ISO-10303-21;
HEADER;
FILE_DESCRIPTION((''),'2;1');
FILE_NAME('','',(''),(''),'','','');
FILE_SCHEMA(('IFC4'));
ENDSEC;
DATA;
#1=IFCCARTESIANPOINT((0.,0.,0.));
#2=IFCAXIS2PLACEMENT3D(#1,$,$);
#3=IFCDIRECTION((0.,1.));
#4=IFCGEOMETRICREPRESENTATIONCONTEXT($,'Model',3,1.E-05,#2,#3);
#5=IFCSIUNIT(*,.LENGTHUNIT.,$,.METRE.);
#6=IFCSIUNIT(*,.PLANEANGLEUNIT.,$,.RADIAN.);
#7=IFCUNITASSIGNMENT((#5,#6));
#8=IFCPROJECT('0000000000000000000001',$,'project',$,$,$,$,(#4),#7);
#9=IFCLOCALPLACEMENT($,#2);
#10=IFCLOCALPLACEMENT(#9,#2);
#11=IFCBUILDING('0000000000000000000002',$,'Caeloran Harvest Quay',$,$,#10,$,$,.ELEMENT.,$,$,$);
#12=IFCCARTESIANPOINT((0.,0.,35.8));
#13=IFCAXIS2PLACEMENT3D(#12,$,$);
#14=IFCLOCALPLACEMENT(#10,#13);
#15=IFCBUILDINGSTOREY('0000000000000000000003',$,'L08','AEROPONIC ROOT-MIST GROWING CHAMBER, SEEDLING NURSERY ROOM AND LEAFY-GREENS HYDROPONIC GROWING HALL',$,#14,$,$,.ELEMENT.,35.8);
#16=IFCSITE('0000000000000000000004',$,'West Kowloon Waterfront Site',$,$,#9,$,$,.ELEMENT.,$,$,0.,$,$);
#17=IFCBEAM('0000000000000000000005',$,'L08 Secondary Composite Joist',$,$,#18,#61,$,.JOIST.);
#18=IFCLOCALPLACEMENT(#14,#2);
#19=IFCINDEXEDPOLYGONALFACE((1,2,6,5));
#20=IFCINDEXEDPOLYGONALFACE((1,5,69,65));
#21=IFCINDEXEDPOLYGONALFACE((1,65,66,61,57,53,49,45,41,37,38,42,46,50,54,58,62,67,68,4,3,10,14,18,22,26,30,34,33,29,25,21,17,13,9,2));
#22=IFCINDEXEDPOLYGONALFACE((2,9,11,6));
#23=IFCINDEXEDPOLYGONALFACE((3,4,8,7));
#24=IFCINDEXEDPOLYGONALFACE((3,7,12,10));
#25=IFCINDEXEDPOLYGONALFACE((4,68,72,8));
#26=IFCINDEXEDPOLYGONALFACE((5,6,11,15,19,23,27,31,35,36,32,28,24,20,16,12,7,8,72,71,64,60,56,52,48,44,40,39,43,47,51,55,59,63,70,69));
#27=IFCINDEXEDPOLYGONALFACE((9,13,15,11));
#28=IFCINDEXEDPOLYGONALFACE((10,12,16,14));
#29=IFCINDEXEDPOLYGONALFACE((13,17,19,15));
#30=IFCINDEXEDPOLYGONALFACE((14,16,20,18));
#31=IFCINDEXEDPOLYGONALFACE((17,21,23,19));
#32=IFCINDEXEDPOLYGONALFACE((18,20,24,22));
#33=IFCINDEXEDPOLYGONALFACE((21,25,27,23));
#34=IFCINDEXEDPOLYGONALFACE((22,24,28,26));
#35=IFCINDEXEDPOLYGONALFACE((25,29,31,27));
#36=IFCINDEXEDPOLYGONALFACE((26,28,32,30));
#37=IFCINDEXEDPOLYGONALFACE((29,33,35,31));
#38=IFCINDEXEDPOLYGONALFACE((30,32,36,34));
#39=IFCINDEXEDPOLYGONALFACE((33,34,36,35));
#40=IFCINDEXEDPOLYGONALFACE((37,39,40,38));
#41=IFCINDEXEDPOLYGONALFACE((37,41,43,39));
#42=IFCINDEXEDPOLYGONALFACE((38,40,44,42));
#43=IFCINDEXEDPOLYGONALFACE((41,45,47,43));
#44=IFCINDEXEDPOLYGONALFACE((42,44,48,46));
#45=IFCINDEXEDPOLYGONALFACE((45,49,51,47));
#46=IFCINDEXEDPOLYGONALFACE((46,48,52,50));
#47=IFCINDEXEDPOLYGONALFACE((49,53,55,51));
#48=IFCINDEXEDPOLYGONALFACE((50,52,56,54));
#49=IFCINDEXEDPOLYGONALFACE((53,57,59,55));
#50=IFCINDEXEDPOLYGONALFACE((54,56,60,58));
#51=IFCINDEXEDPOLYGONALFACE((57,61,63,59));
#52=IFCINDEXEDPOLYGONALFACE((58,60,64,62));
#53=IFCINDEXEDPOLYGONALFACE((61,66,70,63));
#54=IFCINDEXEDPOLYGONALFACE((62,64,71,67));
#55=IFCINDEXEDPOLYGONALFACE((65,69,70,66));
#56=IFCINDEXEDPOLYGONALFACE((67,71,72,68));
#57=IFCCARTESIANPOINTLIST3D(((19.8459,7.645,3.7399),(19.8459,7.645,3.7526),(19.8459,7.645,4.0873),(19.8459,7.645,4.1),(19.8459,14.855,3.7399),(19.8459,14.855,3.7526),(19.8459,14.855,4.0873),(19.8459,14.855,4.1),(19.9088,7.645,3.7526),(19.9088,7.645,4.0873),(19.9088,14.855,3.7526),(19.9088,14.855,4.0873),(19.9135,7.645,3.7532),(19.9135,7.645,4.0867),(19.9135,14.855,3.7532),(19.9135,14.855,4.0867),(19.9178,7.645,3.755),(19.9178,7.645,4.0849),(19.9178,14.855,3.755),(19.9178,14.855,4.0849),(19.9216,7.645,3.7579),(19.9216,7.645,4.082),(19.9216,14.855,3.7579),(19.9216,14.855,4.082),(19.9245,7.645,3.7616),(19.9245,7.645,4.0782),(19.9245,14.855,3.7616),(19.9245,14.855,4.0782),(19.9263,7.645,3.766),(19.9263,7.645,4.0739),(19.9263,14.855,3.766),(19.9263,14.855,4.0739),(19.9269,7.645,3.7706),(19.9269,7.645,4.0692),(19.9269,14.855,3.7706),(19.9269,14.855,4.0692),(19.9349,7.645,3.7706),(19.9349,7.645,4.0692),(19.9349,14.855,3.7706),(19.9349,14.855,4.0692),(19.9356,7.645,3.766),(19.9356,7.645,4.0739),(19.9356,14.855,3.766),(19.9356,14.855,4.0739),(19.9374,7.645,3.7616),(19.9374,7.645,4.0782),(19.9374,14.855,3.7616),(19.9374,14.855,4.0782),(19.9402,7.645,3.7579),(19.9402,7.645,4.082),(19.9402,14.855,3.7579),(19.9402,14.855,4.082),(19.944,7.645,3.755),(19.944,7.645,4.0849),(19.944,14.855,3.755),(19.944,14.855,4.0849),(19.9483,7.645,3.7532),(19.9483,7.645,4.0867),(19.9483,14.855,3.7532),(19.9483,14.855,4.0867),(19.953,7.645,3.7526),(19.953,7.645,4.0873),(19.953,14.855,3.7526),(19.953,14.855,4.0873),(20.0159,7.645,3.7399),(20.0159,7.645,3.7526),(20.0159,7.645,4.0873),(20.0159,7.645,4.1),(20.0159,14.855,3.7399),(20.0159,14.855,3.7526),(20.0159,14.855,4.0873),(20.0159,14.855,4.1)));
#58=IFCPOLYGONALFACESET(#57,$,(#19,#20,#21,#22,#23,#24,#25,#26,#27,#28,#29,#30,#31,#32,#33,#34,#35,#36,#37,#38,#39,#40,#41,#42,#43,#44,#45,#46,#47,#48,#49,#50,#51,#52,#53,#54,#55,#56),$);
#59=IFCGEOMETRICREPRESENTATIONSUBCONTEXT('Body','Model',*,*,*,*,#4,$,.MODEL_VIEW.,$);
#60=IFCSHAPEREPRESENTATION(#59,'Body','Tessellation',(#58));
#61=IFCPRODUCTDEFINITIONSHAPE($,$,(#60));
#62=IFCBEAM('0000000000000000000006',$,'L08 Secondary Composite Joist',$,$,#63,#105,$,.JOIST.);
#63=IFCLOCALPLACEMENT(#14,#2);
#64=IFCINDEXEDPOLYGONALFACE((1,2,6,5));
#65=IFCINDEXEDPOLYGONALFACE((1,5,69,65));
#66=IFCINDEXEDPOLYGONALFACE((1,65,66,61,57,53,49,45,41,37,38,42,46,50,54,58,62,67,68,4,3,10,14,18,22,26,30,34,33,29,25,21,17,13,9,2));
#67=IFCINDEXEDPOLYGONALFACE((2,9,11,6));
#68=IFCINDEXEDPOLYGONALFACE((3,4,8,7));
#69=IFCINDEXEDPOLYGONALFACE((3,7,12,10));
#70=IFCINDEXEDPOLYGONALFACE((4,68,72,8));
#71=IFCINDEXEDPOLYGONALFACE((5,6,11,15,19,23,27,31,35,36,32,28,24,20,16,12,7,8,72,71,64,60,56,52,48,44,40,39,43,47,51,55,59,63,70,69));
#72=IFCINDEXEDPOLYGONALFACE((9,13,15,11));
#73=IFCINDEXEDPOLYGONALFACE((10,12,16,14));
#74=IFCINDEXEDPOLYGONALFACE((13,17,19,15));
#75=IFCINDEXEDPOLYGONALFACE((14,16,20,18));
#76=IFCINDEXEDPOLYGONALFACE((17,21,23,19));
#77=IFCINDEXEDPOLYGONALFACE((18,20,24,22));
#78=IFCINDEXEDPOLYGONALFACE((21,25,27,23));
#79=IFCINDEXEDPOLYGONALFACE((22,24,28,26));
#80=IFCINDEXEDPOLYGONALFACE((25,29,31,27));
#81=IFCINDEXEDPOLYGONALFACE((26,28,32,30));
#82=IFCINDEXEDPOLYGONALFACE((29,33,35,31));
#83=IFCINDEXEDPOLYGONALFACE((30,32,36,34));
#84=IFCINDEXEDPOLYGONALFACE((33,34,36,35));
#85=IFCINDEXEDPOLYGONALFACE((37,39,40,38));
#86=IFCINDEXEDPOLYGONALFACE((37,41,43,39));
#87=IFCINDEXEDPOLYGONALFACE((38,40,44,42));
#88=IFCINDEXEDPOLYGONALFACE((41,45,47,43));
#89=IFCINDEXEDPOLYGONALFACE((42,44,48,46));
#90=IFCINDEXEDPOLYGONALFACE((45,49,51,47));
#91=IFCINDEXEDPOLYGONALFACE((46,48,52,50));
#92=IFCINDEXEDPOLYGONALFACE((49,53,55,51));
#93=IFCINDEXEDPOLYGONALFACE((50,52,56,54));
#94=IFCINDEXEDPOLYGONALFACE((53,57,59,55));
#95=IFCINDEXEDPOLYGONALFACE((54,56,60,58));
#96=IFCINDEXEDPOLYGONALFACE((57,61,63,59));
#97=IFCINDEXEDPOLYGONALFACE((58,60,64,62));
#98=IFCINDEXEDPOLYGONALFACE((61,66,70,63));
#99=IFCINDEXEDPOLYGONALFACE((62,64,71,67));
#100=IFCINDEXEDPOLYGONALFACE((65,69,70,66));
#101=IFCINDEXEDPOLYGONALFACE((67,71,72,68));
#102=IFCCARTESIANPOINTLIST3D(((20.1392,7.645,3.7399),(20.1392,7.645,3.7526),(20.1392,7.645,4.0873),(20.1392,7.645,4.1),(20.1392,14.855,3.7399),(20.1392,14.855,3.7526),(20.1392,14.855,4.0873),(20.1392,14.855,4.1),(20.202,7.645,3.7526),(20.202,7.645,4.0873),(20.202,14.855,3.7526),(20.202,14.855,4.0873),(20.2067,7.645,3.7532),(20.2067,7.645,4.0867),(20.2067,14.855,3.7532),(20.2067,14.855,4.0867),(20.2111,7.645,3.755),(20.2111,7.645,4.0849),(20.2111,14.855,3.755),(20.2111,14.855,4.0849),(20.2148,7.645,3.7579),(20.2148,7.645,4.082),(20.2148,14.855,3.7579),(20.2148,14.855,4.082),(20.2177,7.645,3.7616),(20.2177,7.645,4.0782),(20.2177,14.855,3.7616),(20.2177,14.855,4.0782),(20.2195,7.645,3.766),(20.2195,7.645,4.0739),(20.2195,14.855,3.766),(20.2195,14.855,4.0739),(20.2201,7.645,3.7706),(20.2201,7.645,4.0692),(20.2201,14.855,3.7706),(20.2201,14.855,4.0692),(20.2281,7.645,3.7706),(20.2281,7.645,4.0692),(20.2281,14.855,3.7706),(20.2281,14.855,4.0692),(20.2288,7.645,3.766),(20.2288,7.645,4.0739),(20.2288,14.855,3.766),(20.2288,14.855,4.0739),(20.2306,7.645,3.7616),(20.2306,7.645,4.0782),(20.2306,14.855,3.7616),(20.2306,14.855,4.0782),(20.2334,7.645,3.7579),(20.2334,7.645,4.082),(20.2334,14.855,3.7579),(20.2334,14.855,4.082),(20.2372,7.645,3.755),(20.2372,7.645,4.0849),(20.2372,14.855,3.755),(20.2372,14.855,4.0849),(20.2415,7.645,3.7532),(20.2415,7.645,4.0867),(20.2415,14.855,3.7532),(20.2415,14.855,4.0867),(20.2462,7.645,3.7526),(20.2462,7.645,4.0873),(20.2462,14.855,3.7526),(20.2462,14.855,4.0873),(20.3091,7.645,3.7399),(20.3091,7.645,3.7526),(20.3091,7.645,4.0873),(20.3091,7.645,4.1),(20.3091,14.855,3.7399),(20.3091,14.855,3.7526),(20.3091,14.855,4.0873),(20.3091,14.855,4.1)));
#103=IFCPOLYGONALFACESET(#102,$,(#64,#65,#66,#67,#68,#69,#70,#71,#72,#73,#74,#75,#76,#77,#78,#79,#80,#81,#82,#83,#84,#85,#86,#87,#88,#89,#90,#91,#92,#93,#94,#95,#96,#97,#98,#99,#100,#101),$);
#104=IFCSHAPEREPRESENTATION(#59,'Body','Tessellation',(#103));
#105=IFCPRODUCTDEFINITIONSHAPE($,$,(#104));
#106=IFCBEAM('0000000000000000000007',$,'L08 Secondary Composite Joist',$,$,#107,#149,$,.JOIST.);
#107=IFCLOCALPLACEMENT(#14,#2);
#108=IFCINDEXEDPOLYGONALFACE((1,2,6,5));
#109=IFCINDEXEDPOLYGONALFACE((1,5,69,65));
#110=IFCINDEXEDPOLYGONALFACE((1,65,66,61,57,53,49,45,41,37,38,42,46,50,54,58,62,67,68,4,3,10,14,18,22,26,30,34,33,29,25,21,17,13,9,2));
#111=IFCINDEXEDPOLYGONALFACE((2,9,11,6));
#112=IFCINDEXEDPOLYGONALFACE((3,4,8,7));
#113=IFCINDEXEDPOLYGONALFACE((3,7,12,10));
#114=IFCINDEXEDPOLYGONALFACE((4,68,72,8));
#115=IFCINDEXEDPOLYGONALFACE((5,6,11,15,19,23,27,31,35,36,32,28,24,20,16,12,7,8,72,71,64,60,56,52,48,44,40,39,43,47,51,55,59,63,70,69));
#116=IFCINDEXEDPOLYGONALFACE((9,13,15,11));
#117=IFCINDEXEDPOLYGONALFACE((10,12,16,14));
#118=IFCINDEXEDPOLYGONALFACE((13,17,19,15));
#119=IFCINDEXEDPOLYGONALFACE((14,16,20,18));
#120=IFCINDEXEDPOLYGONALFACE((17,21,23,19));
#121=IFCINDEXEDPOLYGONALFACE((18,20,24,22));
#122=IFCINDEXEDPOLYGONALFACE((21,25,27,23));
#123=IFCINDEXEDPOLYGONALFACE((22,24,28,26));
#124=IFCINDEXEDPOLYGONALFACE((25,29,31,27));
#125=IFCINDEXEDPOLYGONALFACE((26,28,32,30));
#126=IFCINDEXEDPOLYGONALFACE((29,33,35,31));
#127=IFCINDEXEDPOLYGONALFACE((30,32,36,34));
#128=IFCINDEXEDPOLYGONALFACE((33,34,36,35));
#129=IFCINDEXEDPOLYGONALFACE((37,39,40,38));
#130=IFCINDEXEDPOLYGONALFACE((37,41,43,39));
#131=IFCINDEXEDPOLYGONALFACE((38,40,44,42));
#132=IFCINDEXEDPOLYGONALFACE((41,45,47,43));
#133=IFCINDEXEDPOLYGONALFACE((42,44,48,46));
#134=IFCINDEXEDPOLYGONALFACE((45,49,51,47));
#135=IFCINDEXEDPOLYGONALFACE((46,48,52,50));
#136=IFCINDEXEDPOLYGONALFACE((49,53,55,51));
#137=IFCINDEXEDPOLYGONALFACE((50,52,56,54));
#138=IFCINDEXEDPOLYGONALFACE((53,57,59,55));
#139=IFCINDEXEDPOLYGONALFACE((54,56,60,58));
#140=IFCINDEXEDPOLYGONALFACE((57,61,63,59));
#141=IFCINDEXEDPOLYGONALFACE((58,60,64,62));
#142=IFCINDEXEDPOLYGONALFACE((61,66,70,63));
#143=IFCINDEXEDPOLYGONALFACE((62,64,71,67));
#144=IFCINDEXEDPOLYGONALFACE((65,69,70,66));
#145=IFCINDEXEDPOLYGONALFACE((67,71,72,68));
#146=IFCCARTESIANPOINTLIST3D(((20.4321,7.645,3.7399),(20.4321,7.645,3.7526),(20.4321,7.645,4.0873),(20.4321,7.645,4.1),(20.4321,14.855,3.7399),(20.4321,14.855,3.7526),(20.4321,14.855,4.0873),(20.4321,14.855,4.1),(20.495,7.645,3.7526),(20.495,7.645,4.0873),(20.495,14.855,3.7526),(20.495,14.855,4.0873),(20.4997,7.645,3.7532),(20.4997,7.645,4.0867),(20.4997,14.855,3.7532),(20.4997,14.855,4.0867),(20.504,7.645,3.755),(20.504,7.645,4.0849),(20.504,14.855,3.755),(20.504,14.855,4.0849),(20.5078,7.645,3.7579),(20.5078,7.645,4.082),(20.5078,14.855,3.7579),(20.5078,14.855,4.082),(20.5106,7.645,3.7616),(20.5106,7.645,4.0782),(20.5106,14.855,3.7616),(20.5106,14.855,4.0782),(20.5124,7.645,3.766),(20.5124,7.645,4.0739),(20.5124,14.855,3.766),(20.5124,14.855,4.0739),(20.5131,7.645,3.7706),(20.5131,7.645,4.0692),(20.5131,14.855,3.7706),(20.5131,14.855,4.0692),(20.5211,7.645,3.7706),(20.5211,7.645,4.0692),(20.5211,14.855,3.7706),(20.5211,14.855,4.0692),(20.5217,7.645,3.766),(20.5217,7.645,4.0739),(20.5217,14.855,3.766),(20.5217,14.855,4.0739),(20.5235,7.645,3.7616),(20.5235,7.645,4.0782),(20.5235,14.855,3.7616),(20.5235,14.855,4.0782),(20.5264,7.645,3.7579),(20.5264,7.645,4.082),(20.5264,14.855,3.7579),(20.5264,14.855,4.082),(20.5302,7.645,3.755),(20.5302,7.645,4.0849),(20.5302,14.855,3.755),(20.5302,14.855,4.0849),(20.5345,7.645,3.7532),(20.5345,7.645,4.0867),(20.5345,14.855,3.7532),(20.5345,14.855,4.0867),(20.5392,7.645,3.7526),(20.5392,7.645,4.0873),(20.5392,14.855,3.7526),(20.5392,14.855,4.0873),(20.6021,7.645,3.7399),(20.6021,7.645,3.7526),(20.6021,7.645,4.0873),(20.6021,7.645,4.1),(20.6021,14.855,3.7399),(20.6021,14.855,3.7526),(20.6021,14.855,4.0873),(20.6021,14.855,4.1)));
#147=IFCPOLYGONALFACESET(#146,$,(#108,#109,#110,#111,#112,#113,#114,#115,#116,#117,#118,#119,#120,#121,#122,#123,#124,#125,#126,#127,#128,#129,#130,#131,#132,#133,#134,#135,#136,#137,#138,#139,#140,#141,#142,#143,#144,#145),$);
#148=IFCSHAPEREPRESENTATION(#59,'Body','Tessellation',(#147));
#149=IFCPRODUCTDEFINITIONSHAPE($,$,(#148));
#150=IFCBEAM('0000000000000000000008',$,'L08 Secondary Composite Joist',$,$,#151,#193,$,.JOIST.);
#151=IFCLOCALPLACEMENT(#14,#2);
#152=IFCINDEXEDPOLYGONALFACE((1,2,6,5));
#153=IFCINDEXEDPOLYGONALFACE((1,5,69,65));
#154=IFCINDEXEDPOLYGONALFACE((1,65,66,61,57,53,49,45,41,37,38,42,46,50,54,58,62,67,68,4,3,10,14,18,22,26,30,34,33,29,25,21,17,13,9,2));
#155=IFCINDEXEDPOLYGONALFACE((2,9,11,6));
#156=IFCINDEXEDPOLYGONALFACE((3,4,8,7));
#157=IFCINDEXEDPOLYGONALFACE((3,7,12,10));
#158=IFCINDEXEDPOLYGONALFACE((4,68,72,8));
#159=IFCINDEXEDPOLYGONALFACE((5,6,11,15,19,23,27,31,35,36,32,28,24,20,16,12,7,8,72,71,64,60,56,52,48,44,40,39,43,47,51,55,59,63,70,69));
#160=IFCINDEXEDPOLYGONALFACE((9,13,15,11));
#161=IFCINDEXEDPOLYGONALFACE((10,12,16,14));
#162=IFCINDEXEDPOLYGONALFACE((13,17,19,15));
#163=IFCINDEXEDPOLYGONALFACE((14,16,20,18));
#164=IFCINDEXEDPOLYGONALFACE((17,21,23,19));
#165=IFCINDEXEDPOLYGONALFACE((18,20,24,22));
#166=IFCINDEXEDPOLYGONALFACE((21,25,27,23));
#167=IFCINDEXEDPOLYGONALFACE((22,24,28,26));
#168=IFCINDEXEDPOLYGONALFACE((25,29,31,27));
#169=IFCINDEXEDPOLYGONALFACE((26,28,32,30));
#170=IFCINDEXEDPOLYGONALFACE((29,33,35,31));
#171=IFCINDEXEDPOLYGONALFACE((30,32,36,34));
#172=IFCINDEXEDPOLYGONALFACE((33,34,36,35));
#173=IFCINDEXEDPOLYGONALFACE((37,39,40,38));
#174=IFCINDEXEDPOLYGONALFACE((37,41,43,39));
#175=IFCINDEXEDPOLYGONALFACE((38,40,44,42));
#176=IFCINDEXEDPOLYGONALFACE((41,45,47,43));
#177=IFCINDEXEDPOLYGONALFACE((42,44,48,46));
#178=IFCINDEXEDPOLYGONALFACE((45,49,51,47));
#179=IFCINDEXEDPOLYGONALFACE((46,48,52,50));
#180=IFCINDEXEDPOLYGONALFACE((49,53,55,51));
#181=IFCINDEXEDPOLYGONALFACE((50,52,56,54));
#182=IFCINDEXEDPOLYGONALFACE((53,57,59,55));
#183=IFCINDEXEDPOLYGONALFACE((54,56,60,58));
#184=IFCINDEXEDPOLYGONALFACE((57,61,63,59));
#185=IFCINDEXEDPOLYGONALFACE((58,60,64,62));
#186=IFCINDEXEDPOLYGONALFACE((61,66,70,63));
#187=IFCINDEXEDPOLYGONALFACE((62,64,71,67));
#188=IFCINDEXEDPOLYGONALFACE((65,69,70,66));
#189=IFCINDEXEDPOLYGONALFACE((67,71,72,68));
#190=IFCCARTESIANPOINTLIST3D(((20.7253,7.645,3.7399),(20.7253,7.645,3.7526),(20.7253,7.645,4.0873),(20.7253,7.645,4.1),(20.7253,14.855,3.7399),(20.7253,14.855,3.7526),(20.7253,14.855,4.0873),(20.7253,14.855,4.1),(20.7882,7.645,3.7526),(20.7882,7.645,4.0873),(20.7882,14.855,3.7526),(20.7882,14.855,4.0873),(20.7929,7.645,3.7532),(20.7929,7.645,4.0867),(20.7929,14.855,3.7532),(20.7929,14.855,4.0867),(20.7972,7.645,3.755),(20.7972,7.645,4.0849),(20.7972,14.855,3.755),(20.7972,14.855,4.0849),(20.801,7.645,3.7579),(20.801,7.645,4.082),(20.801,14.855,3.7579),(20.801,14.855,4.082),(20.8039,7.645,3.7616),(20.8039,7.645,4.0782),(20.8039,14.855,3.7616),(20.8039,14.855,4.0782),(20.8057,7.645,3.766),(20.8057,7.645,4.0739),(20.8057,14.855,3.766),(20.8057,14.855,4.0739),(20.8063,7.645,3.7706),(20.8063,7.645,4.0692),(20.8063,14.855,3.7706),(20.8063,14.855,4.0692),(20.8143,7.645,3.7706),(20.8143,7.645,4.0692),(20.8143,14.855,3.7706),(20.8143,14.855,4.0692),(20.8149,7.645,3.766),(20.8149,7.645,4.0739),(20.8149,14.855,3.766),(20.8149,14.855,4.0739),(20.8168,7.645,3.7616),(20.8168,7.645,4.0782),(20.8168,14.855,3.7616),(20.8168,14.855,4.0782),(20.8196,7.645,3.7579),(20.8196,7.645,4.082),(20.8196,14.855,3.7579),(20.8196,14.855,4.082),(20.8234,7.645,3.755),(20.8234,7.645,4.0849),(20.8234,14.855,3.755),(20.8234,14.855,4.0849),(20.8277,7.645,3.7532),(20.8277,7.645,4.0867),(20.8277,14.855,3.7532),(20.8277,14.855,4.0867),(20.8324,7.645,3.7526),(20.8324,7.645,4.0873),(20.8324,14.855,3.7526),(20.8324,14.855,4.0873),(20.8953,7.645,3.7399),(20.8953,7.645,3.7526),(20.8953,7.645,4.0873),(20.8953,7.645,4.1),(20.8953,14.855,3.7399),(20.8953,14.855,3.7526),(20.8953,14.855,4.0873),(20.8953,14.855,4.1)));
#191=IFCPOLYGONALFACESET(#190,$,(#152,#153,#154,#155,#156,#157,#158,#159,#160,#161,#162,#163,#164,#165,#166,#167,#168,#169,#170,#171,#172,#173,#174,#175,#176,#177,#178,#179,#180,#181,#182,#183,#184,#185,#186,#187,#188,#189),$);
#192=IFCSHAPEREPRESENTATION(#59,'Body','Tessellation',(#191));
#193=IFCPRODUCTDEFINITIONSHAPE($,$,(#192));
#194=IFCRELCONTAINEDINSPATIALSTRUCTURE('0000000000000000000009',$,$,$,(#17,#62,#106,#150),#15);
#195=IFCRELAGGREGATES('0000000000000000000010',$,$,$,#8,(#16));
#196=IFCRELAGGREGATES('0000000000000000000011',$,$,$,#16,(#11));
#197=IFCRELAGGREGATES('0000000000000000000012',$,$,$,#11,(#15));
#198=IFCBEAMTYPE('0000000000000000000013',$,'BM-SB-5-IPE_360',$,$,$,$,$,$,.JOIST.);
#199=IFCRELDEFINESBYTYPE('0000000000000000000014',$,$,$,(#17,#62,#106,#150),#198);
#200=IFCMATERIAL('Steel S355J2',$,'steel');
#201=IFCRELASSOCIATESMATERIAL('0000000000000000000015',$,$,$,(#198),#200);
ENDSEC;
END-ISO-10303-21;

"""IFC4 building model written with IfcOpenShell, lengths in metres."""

from ifc_helpers import new_model, si_unit, direction, frame, origin, origin_2d, place, context, subcontext, project, spatial, i_section, extrude, material, material_profile, profile_set, type_object, element, save


model = new_model("IFC4")

# Units and contexts
model_context = context("Model", 3, precision=1e-05, world=origin(), true_north=direction((0.0, 1.0)))
body_context = subcontext(model_context, "Body", "Model", "MODEL_VIEW")
ifc_project = project(units=[si_unit("LENGTHUNIT", "METRE"), si_unit("PLANEANGLEUNIT", "RADIAN")], contexts=[model_context])

# Site, building, storey
site_placement = place(None, origin())
site = spatial("IfcSite", under=ifc_project, at=site_placement, Name="West Kowloon Waterfront Site", CompositionType="ELEMENT", RefElevation=0.0)
building_placement = place(site_placement, origin())
building = spatial("IfcBuilding", under=site, at=building_placement, Name="Caeloran Harvest Quay", CompositionType="ELEMENT")
storey_placement = place(building_placement, frame((0.0, 0.0, 35.8)))
storey = spatial("IfcBuildingStorey", under=building, at=storey_placement, Name="L08", Description="AEROPONIC ROOT-MIST GROWING CHAMBER, SEEDLING NURSERY ROOM AND LEAFY-GREENS HYDROPONIC GROWING HALL", CompositionType="ELEMENT", Elevation=35.8)

# Beams
ifc_material_1 = material(Name="Steel S355J2", Category="steel")
ifc_material_profile_1 = material_profile(ifc_material_1, i_section(OverallWidth=0.1699, OverallDepth=0.3601, WebThickness=0.0081, FlangeThickness=0.0127, FilletRadius=0.0181, at=origin_2d()), Name="IPE 360")
ifc_profile_set_1 = profile_set([ifc_material_profile_1], Name="Steel S355J2")
beam_type_1 = type_object("IfcBeamType", Name="BM-SB-5-IPE_360", PredefinedType="JOIST", material=ifc_profile_set_1)
for number, where, z_axis, x_axis, name in (
    (1, (19.9309, 7.645, 3.9199), (0.0, 1.0, 0.0), (-1.0, 0.0, 0.0), "L08 Secondary Composite Joist"),
    (2, (20.2241, 7.645, 3.9199), (0.0, 1.0, 0.0), (-1.0, 0.0, 0.0), "L08 Secondary Composite Joist"),
    (3, (20.5171, 7.645, 3.9199), (0.0, 1.0, 0.0), (-1.0, 0.0, 0.0), "L08 Secondary Composite Joist"),
    (4, (20.8103, 7.645, 3.9199), (0.0, 1.0, 0.0), (-1.0, 0.0, 0.0), "L08 Secondary Composite Joist"),
):
    element("IfcBeam", number, at=place(storey_placement, frame(where, z_axis=z_axis, x_axis=x_axis)), inside=storey, type_object=beam_type_1, Name=name, PredefinedType="JOIST", context=body_context, shape_type="SweptSolid", body=[
        extrude(i_section(OverallWidth=0.1699, OverallDepth=0.3601, WebThickness=0.0081, FlangeThickness=0.0127, FilletRadius=0.0181, at=origin_2d()), origin(), (0.0, 0.0, 1.0), 7.21),
    ])

save(model, "model.ifc")
